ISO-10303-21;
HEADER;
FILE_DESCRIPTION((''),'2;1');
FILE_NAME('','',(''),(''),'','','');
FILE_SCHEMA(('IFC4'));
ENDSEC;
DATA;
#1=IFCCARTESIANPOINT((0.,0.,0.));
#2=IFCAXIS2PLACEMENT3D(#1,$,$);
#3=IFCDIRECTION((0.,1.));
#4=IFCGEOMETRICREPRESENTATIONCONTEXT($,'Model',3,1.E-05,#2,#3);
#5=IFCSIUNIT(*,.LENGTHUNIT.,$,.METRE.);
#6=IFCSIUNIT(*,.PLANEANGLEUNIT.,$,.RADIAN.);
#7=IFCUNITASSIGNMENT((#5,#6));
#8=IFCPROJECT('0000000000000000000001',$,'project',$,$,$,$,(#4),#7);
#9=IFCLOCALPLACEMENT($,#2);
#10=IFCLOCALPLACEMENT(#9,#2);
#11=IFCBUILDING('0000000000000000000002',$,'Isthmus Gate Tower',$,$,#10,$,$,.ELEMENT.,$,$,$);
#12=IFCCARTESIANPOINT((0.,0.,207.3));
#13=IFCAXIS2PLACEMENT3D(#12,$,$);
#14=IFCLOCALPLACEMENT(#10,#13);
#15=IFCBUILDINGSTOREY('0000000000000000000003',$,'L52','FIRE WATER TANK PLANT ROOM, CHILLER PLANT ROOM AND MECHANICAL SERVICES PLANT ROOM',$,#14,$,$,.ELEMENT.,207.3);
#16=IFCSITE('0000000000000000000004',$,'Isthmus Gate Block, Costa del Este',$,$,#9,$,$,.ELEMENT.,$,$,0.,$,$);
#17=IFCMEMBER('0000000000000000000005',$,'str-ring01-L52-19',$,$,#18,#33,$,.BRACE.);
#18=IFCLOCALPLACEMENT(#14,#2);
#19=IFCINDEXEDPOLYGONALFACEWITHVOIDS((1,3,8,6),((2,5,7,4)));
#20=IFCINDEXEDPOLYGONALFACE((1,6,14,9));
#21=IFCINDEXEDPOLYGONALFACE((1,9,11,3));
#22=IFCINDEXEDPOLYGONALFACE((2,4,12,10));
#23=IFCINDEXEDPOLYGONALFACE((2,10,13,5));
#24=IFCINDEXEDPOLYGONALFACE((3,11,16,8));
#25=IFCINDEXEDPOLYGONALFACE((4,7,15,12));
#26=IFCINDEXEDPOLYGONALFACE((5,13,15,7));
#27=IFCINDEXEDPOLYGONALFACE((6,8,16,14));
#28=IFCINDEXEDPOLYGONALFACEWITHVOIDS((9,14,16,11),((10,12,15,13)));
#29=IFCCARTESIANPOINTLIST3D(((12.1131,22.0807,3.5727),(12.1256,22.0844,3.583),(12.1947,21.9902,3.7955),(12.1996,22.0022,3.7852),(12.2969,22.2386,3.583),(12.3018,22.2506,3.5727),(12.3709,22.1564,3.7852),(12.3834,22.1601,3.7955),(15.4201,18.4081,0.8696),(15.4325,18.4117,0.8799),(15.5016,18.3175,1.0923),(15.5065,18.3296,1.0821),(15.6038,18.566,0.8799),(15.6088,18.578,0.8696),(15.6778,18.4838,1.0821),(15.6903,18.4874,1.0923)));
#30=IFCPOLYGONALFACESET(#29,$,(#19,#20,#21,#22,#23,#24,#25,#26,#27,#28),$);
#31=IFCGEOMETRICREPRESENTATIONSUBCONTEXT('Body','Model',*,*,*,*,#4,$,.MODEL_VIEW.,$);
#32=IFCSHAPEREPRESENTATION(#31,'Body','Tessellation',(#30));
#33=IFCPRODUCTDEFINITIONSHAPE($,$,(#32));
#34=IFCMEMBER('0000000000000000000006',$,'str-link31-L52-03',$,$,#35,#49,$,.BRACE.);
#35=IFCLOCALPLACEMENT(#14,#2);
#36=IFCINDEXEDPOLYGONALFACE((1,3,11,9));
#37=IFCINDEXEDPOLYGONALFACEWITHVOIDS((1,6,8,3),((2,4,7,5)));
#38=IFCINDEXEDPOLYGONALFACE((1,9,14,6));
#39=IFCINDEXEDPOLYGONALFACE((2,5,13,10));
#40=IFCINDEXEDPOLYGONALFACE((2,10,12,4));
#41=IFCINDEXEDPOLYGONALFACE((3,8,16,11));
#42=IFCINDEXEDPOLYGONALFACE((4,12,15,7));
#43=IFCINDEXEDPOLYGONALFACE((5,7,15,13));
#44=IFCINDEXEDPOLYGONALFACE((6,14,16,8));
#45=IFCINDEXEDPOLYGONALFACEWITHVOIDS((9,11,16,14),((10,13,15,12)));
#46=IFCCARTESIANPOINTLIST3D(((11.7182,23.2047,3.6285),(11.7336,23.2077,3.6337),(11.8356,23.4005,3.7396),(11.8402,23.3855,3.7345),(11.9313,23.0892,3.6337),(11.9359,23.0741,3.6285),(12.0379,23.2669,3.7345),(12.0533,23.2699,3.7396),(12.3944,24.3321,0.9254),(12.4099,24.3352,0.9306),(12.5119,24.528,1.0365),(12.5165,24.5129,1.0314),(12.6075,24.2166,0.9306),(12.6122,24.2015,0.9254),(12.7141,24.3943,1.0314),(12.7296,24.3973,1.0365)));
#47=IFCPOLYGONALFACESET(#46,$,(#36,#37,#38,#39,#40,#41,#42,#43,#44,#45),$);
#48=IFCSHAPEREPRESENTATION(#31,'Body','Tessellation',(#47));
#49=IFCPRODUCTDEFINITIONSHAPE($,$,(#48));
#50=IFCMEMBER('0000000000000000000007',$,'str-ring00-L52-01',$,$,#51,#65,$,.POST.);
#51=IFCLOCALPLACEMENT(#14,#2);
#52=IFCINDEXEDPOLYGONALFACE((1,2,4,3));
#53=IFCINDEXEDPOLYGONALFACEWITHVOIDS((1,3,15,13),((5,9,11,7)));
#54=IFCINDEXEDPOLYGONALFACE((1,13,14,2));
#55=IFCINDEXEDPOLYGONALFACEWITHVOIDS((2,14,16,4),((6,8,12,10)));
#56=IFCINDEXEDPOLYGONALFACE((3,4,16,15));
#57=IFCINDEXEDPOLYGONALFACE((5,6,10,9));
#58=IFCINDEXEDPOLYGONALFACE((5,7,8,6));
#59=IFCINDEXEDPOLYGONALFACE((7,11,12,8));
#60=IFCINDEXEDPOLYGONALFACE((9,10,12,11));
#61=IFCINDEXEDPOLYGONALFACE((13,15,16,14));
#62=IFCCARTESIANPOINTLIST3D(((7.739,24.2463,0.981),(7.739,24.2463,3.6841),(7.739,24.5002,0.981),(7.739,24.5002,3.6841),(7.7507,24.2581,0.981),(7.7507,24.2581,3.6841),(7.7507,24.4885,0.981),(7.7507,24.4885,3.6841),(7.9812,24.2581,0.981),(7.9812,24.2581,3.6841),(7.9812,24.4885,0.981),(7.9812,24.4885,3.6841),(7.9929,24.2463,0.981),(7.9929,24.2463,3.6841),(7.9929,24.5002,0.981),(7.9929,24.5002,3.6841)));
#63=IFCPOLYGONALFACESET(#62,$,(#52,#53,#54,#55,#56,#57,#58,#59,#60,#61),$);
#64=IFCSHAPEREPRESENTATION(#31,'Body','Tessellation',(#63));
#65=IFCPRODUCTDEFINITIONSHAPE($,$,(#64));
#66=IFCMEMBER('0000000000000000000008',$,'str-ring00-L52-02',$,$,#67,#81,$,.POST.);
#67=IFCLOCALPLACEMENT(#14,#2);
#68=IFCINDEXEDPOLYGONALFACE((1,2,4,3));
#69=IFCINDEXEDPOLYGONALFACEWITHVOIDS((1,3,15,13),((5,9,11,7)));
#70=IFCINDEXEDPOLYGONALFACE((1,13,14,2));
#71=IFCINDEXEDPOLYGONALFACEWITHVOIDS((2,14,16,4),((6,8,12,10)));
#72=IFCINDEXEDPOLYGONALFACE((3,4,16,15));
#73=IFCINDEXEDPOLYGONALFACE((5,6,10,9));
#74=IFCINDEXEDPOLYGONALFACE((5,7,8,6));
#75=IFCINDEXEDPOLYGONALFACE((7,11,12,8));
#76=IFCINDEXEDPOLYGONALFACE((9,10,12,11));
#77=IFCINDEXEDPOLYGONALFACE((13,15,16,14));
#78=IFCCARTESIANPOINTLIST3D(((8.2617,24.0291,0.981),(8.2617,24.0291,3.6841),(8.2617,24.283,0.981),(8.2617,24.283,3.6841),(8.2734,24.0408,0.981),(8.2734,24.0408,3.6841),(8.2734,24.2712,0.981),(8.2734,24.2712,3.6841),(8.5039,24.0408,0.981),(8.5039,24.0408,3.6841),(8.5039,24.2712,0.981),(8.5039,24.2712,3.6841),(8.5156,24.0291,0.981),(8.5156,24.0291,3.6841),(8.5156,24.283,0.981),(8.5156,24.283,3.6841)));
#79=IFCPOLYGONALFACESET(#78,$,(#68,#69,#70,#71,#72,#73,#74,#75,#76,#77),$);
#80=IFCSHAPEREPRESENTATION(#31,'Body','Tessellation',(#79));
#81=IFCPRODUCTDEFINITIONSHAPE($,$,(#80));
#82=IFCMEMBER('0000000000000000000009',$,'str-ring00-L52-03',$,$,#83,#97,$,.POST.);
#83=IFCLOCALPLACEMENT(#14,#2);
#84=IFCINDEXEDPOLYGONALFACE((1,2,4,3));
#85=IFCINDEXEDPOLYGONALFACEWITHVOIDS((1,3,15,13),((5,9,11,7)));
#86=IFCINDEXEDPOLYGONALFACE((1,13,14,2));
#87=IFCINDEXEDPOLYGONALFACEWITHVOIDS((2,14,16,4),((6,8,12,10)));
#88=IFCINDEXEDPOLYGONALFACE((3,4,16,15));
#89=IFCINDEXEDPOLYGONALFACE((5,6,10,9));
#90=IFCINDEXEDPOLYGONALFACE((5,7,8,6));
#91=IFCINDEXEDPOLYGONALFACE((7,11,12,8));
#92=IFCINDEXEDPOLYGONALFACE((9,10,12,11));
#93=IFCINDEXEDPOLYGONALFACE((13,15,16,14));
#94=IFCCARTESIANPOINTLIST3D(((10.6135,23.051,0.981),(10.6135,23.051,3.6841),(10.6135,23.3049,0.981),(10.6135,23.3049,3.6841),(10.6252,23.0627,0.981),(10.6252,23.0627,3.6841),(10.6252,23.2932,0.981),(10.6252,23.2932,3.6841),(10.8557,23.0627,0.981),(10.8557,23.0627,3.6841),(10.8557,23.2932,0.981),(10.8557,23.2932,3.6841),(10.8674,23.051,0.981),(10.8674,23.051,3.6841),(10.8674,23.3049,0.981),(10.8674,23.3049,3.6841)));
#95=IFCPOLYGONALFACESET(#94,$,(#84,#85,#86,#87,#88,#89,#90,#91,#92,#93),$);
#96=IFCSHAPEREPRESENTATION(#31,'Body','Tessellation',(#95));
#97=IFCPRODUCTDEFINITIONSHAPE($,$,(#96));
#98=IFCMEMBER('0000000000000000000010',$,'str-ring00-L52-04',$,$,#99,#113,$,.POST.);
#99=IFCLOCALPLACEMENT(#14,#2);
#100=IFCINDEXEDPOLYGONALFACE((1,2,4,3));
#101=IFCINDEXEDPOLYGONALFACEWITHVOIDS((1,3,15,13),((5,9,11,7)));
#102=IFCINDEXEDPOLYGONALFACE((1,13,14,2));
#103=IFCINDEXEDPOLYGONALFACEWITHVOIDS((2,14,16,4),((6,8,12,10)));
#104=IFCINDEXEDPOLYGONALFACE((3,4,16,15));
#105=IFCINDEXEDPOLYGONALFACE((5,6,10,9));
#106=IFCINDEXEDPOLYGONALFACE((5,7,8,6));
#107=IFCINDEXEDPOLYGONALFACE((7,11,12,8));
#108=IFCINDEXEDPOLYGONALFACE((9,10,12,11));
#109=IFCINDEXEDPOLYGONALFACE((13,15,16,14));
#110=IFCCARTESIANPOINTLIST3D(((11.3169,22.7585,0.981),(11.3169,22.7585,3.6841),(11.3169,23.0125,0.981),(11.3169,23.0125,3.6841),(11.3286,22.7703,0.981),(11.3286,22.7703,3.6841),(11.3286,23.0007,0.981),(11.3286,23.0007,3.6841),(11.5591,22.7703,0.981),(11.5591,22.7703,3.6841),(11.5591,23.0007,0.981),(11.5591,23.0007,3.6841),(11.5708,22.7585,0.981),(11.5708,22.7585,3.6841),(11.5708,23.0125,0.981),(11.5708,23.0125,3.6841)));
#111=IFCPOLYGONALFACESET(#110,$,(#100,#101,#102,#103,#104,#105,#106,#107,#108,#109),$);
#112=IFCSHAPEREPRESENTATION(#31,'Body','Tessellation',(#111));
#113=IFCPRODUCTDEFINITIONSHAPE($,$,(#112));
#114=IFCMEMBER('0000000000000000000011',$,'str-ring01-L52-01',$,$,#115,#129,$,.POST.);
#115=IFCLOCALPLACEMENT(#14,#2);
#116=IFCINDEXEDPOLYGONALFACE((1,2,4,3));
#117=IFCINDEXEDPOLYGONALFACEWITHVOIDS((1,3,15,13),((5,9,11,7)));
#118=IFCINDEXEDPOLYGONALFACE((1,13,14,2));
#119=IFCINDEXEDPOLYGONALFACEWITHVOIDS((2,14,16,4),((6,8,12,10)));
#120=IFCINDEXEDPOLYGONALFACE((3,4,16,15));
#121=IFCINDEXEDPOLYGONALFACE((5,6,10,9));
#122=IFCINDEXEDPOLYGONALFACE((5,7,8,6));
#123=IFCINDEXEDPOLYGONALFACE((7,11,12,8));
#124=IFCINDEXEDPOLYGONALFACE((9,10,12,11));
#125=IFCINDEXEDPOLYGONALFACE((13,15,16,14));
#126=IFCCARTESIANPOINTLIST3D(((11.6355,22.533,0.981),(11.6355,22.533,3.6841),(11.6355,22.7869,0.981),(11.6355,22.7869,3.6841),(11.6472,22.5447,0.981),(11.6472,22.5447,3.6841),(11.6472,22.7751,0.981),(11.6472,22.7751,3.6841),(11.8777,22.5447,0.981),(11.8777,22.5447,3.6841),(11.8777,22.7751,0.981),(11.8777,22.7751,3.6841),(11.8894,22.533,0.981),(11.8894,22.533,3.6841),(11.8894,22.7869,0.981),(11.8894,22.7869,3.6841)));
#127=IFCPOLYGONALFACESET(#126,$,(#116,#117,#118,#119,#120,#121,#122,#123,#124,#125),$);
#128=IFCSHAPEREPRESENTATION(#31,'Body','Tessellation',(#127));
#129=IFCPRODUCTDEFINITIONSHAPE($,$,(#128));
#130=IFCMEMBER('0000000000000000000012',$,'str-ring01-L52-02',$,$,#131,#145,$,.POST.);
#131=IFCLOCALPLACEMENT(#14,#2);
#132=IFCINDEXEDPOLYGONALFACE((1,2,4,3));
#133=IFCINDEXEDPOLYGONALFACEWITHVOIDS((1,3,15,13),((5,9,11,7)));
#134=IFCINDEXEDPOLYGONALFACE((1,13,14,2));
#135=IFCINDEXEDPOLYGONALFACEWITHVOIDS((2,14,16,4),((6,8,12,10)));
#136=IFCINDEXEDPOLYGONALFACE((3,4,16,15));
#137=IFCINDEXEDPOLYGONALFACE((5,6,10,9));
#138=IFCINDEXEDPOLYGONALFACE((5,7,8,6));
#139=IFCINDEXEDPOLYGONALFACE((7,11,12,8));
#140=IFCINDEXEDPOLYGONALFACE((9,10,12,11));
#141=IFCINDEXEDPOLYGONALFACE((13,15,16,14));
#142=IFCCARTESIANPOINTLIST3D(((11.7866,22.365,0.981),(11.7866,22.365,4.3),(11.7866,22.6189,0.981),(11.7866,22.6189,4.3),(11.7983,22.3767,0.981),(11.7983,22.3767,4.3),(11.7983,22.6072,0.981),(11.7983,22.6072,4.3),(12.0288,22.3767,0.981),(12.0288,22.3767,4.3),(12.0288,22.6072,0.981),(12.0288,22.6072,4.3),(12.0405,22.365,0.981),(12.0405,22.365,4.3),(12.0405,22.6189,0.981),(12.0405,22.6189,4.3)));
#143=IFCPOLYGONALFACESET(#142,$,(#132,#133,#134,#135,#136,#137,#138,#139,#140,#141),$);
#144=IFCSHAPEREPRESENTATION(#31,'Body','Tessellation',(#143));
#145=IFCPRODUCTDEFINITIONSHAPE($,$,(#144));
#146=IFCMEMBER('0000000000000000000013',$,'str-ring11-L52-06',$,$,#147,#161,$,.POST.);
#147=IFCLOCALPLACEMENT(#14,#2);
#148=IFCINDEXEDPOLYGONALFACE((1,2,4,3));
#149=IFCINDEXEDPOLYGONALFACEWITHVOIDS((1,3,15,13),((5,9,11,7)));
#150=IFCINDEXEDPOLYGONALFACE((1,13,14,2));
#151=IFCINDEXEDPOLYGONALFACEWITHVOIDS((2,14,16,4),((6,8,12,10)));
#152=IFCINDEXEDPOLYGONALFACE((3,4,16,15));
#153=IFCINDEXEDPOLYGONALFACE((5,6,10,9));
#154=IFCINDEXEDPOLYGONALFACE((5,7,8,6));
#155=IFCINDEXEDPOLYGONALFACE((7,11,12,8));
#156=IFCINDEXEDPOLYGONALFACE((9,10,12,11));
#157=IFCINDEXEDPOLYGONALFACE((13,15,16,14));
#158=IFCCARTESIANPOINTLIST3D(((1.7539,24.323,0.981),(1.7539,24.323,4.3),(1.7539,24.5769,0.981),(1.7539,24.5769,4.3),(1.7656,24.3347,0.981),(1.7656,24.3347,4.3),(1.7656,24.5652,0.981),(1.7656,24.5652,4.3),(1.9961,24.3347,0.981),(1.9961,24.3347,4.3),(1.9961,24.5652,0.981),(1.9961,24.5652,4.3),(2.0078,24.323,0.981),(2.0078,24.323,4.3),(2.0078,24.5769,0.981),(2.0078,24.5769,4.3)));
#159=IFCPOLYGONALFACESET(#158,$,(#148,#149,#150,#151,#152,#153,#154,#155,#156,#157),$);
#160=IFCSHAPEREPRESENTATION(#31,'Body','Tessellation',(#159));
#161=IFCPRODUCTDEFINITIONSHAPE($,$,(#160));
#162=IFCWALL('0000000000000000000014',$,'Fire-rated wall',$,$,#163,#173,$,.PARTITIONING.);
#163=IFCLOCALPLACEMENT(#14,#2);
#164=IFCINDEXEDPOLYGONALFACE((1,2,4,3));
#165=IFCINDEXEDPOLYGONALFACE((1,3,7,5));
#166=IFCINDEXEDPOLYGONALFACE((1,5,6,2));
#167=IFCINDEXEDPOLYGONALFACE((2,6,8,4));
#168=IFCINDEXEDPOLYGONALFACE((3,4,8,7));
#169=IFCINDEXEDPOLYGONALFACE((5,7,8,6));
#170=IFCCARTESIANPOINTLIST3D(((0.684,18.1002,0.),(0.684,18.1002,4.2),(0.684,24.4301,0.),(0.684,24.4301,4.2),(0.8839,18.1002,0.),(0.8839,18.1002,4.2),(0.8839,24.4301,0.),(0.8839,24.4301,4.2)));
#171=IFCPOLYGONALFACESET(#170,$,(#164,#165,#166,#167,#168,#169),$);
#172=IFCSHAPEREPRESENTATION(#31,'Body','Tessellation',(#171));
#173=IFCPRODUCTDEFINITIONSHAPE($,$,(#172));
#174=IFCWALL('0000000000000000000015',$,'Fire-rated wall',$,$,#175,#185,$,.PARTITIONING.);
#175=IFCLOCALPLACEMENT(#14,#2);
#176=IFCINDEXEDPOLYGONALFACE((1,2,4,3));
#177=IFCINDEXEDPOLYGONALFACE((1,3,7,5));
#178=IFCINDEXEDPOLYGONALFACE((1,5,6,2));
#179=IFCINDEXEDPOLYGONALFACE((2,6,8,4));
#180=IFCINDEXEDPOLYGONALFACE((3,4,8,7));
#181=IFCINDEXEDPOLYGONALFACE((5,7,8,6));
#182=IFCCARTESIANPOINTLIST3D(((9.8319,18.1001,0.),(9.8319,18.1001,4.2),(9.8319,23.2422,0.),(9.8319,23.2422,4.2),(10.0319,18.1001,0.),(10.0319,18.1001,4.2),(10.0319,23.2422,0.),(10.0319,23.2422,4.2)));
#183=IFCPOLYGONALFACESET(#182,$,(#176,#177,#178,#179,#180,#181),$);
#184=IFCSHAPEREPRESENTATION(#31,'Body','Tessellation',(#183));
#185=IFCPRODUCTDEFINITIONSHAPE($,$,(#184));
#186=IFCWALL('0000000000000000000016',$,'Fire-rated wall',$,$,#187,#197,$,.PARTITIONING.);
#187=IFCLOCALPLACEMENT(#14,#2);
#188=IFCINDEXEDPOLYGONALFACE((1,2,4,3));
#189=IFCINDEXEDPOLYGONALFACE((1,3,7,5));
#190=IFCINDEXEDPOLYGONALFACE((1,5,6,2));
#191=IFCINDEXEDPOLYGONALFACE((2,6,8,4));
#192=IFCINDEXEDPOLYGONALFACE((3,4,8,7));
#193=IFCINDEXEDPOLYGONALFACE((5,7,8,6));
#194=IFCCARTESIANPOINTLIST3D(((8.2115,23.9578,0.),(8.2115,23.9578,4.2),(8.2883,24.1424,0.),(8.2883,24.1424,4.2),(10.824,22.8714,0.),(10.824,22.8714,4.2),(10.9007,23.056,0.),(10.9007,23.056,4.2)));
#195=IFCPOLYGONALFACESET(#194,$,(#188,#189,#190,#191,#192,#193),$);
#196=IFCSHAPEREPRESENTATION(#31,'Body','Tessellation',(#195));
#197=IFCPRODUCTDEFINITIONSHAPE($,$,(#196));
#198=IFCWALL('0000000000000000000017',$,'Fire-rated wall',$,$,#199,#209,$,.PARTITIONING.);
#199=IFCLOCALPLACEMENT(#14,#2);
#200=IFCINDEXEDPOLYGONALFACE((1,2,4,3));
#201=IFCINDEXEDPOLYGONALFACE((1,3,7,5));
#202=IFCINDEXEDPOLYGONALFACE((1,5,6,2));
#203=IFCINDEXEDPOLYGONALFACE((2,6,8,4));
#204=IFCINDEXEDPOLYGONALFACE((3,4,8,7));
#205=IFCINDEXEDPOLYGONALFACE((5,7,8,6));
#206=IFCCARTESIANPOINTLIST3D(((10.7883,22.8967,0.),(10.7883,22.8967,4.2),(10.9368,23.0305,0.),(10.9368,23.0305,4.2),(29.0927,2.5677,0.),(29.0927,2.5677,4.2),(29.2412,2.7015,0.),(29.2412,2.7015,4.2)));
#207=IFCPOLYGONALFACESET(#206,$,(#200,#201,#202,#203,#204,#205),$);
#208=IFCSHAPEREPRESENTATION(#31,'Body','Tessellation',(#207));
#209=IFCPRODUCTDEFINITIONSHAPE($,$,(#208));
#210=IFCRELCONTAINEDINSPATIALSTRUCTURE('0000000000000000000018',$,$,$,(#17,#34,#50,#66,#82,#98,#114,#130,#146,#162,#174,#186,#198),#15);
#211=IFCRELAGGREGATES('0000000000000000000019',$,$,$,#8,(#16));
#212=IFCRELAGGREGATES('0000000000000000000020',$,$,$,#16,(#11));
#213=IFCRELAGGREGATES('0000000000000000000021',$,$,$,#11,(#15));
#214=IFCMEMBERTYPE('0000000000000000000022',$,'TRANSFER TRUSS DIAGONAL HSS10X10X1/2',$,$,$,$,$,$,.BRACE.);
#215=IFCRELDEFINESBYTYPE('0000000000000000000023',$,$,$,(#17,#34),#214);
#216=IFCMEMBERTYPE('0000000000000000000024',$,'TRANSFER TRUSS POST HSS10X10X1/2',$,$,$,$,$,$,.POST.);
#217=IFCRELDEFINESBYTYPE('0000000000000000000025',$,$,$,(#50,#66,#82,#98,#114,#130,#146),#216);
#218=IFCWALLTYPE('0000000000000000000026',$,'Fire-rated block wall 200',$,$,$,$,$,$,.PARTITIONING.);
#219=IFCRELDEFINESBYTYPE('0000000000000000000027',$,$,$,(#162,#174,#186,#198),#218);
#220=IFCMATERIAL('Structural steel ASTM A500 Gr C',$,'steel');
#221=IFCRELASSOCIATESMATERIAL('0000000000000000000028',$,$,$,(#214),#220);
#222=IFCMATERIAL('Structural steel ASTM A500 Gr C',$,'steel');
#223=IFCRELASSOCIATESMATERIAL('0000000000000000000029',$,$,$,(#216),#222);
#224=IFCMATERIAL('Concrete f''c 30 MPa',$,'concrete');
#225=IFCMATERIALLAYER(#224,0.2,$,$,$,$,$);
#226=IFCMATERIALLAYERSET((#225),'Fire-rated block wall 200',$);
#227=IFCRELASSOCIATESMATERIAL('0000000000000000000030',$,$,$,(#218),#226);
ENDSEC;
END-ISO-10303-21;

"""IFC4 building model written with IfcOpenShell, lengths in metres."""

from ifc_helpers import new_model, si_unit, direction, frame, frame_2d, origin, origin_2d, place, context, subcontext, project, spatial, rectangle, hollow_rectangle, extrude, material, layer, layer_set, material_profile, profile_set, type_object, element, save


model = new_model("IFC4")

# Units and contexts
model_context = context("Model", 3, precision=1e-05, world=origin(), true_north=direction((0.0, 1.0)))
body_context = subcontext(model_context, "Body", "Model", "MODEL_VIEW")
ifc_project = project(units=[si_unit("LENGTHUNIT", "METRE"), si_unit("PLANEANGLEUNIT", "RADIAN")], contexts=[model_context])

# Site, building, storey
site_placement = place(None, origin())
site = spatial("IfcSite", under=ifc_project, at=site_placement, Name="Isthmus Gate Block, Costa del Este", CompositionType="ELEMENT", RefElevation=0.0)
building_placement = place(site_placement, origin())
building = spatial("IfcBuilding", under=site, at=building_placement, Name="Isthmus Gate Tower", CompositionType="ELEMENT")
storey_placement = place(building_placement, frame((0.0, 0.0, 207.3)))
storey = spatial("IfcBuildingStorey", under=building, at=storey_placement, Name="L52", Description="FIRE WATER TANK PLANT ROOM, CHILLER PLANT ROOM AND MECHANICAL SERVICES PLANT ROOM", CompositionType="ELEMENT", Elevation=207.3)

# Members
ifc_material_1 = material(Name="Structural steel ASTM A500 Gr C", Category="steel")
ifc_material_profile_1 = material_profile(ifc_material_1, hollow_rectangle(XDim=0.2539, YDim=0.2539, WallThickness=0.0117, at=origin_2d()), Name="HSS10X10X1/2")
ifc_profile_set_1 = profile_set([ifc_material_profile_1], Name="Structural steel ASTM A500 Gr C")
member_type_1 = type_object("IfcMemberType", Name="TRANSFER TRUSS DIAGONAL HSS10X10X1/2", PredefinedType="BRACE", material=ifc_profile_set_1)
member_1_placement = place(storey_placement, frame((15.5552, 18.4478, 0.981), z_axis=(-0.587058, 0.651984, 0.479875), x_axis=(-0.743139, -0.669137, 0.0)))
element("IfcMember", 1, at=member_1_placement, inside=storey, type_object=member_type_1, Name="str-ring01-L52-19", PredefinedType="BRACE", context=body_context, shape_type="SweptSolid", body=[
    extrude(hollow_rectangle(XDim=0.2539, YDim=0.2539, WallThickness=0.0117, at=origin_2d()), origin(), (0.0, 0.0, 1.0), 5.6331),
])
member_2_placement = place(storey_placement, frame((12.562, 24.3647, 0.981), z_axis=(-0.224982, -0.375078, 0.899277), x_axis=(0.857558, -0.514387, 0.0)))
element("IfcMember", 2, at=member_2_placement, inside=storey, type_object=member_type_1, Name="str-link31-L52-03", PredefinedType="BRACE", context=body_context, shape_type="SweptSolid", body=[
    extrude(hollow_rectangle(XDim=0.2539, YDim=0.2539, WallThickness=0.0117, at=origin_2d()), origin(), (0.0, 0.0, 1.0), 3.0059),
])
ifc_material_2 = material(Name="Structural steel ASTM A500 Gr C", Category="steel")
ifc_material_profile_2 = material_profile(ifc_material_2, hollow_rectangle(XDim=0.2539, YDim=0.2539, WallThickness=0.0117, at=origin_2d()), Name="HSS10X10X1/2")
ifc_profile_set_2 = profile_set([ifc_material_profile_2], Name="Structural steel ASTM A500 Gr C")
member_type_2 = type_object("IfcMemberType", Name="TRANSFER TRUSS POST HSS10X10X1/2", PredefinedType="POST", material=ifc_profile_set_2)
for number, where, z_axis, x_axis, name in (
    (3, (7.866, 24.3733, 0.981), (0.0, 0.0, 1.0), (1.0, 0.0, 0.0), "str-ring00-L52-01"),
    (4, (8.3887, 24.156, 0.981), (0.0, 0.0, 1.0), (1.0, 0.0, 0.0), "str-ring00-L52-02"),
    (5, (10.7405, 23.178, 0.981), (0.0, 0.0, 1.0), (1.0, 0.0, 0.0), "str-ring00-L52-03"),
    (6, (11.4438, 22.8855, 0.981), (0.0, 0.0, 1.0), (1.0, 0.0, 0.0), "str-ring00-L52-04"),
    (7, (11.7625, 22.6599, 0.981), (0.0, 0.0, 1.0), (1.0, 0.0, 0.0), "str-ring01-L52-01"),
):
    element("IfcMember", number, at=place(storey_placement, frame(where, z_axis=z_axis, x_axis=x_axis)), inside=storey, type_object=member_type_2, Name=name, PredefinedType="POST", context=body_context, shape_type="SweptSolid", body=[
        extrude(hollow_rectangle(XDim=0.2539, YDim=0.2539, WallThickness=0.0117, at=origin_2d()), origin(), (0.0, 0.0, 1.0), 2.7031),
    ])
for number, where, z_axis, x_axis, name in (
    (8, (11.9136, 22.4919, 0.981), (0.0, 0.0, 1.0), (1.0, 0.0, 0.0), "str-ring01-L52-02"),
    (9, (1.8809, 24.45, 0.981), (0.0, 0.0, 1.0), (1.0, 0.0, 0.0), "str-ring11-L52-06"),
):
    element("IfcMember", number, at=place(storey_placement, frame(where, z_axis=z_axis, x_axis=x_axis)), inside=storey, type_object=member_type_2, Name=name, PredefinedType="POST", context=body_context, shape_type="SweptSolid", body=[
        extrude(hollow_rectangle(XDim=0.2539, YDim=0.2539, WallThickness=0.0117, at=origin_2d()), origin(), (0.0, 0.0, 1.0), 3.3191),
    ])

# Walls
ifc_material_3 = material(Name="Concrete f'c 30 MPa", Category="concrete")
ifc_layer = layer(ifc_material_3, 0.2)
ifc_layer_set = layer_set([ifc_layer], Name="Fire-rated block wall 200")
wall_type = type_object("IfcWallType", Name="Fire-rated block wall 200", PredefinedType="PARTITIONING", material=ifc_layer_set)
wall_1_placement = place(storey_placement, frame((0.7839, 18.1001, 0.0), z_axis=(0.0, 0.0, 1.0), x_axis=(0.0, 1.0, 0.0)))
element("IfcWall", 10, at=wall_1_placement, inside=storey, type_object=wall_type, Name="Fire-rated wall", PredefinedType="PARTITIONING", context=body_context, shape_type="SweptSolid", body=[
    extrude(rectangle(XDim=6.3298, YDim=0.2, at=frame_2d((3.165, 0.0))), origin(), (0.0, 0.0, 1.0), 4.2),
])
wall_2_placement = place(storey_placement, frame((9.9319, 18.1001, 0.0), z_axis=(0.0, 0.0, 1.0), x_axis=(0.0, 1.0, 0.0)))
element("IfcWall", 11, at=wall_2_placement, inside=storey, type_object=wall_type, Name="Fire-rated wall", PredefinedType="PARTITIONING", context=body_context, shape_type="SweptSolid", body=[
    extrude(rectangle(XDim=5.1421, YDim=0.2, at=frame_2d((2.571, 0.0))), origin(), (0.0, 0.0, 1.0), 4.2),
])
wall_3_placement = place(storey_placement, frame((8.25, 24.05, 0.0), z_axis=(0.0, 0.0, 1.0), x_axis=(0.923345, -0.383972, 0.0)))
element("IfcWall", 12, at=wall_3_placement, inside=storey, type_object=wall_type, Name="Fire-rated wall", PredefinedType="PARTITIONING", context=body_context, shape_type="SweptSolid", body=[
    extrude(rectangle(XDim=2.8293, YDim=0.2, at=frame_2d((1.4146, 0.0))), origin(), (0.0, 0.0, 1.0), 4.2),
])
wall_4_placement = place(storey_placement, frame((10.8625, 22.9636, 0.0), z_axis=(0.0, 0.0, 1.0), x_axis=(0.669131, -0.743144, 0.0)))
element("IfcWall", 13, at=wall_4_placement, inside=storey, type_object=wall_type, Name="Fire-rated wall", PredefinedType="PARTITIONING", context=body_context, shape_type="SweptSolid", body=[
    extrude(rectangle(XDim=27.3555, YDim=0.2, at=frame_2d((13.6777, 0.0))), origin(), (0.0, 0.0, 1.0), 4.2),
])

save(model, "model.ifc")
